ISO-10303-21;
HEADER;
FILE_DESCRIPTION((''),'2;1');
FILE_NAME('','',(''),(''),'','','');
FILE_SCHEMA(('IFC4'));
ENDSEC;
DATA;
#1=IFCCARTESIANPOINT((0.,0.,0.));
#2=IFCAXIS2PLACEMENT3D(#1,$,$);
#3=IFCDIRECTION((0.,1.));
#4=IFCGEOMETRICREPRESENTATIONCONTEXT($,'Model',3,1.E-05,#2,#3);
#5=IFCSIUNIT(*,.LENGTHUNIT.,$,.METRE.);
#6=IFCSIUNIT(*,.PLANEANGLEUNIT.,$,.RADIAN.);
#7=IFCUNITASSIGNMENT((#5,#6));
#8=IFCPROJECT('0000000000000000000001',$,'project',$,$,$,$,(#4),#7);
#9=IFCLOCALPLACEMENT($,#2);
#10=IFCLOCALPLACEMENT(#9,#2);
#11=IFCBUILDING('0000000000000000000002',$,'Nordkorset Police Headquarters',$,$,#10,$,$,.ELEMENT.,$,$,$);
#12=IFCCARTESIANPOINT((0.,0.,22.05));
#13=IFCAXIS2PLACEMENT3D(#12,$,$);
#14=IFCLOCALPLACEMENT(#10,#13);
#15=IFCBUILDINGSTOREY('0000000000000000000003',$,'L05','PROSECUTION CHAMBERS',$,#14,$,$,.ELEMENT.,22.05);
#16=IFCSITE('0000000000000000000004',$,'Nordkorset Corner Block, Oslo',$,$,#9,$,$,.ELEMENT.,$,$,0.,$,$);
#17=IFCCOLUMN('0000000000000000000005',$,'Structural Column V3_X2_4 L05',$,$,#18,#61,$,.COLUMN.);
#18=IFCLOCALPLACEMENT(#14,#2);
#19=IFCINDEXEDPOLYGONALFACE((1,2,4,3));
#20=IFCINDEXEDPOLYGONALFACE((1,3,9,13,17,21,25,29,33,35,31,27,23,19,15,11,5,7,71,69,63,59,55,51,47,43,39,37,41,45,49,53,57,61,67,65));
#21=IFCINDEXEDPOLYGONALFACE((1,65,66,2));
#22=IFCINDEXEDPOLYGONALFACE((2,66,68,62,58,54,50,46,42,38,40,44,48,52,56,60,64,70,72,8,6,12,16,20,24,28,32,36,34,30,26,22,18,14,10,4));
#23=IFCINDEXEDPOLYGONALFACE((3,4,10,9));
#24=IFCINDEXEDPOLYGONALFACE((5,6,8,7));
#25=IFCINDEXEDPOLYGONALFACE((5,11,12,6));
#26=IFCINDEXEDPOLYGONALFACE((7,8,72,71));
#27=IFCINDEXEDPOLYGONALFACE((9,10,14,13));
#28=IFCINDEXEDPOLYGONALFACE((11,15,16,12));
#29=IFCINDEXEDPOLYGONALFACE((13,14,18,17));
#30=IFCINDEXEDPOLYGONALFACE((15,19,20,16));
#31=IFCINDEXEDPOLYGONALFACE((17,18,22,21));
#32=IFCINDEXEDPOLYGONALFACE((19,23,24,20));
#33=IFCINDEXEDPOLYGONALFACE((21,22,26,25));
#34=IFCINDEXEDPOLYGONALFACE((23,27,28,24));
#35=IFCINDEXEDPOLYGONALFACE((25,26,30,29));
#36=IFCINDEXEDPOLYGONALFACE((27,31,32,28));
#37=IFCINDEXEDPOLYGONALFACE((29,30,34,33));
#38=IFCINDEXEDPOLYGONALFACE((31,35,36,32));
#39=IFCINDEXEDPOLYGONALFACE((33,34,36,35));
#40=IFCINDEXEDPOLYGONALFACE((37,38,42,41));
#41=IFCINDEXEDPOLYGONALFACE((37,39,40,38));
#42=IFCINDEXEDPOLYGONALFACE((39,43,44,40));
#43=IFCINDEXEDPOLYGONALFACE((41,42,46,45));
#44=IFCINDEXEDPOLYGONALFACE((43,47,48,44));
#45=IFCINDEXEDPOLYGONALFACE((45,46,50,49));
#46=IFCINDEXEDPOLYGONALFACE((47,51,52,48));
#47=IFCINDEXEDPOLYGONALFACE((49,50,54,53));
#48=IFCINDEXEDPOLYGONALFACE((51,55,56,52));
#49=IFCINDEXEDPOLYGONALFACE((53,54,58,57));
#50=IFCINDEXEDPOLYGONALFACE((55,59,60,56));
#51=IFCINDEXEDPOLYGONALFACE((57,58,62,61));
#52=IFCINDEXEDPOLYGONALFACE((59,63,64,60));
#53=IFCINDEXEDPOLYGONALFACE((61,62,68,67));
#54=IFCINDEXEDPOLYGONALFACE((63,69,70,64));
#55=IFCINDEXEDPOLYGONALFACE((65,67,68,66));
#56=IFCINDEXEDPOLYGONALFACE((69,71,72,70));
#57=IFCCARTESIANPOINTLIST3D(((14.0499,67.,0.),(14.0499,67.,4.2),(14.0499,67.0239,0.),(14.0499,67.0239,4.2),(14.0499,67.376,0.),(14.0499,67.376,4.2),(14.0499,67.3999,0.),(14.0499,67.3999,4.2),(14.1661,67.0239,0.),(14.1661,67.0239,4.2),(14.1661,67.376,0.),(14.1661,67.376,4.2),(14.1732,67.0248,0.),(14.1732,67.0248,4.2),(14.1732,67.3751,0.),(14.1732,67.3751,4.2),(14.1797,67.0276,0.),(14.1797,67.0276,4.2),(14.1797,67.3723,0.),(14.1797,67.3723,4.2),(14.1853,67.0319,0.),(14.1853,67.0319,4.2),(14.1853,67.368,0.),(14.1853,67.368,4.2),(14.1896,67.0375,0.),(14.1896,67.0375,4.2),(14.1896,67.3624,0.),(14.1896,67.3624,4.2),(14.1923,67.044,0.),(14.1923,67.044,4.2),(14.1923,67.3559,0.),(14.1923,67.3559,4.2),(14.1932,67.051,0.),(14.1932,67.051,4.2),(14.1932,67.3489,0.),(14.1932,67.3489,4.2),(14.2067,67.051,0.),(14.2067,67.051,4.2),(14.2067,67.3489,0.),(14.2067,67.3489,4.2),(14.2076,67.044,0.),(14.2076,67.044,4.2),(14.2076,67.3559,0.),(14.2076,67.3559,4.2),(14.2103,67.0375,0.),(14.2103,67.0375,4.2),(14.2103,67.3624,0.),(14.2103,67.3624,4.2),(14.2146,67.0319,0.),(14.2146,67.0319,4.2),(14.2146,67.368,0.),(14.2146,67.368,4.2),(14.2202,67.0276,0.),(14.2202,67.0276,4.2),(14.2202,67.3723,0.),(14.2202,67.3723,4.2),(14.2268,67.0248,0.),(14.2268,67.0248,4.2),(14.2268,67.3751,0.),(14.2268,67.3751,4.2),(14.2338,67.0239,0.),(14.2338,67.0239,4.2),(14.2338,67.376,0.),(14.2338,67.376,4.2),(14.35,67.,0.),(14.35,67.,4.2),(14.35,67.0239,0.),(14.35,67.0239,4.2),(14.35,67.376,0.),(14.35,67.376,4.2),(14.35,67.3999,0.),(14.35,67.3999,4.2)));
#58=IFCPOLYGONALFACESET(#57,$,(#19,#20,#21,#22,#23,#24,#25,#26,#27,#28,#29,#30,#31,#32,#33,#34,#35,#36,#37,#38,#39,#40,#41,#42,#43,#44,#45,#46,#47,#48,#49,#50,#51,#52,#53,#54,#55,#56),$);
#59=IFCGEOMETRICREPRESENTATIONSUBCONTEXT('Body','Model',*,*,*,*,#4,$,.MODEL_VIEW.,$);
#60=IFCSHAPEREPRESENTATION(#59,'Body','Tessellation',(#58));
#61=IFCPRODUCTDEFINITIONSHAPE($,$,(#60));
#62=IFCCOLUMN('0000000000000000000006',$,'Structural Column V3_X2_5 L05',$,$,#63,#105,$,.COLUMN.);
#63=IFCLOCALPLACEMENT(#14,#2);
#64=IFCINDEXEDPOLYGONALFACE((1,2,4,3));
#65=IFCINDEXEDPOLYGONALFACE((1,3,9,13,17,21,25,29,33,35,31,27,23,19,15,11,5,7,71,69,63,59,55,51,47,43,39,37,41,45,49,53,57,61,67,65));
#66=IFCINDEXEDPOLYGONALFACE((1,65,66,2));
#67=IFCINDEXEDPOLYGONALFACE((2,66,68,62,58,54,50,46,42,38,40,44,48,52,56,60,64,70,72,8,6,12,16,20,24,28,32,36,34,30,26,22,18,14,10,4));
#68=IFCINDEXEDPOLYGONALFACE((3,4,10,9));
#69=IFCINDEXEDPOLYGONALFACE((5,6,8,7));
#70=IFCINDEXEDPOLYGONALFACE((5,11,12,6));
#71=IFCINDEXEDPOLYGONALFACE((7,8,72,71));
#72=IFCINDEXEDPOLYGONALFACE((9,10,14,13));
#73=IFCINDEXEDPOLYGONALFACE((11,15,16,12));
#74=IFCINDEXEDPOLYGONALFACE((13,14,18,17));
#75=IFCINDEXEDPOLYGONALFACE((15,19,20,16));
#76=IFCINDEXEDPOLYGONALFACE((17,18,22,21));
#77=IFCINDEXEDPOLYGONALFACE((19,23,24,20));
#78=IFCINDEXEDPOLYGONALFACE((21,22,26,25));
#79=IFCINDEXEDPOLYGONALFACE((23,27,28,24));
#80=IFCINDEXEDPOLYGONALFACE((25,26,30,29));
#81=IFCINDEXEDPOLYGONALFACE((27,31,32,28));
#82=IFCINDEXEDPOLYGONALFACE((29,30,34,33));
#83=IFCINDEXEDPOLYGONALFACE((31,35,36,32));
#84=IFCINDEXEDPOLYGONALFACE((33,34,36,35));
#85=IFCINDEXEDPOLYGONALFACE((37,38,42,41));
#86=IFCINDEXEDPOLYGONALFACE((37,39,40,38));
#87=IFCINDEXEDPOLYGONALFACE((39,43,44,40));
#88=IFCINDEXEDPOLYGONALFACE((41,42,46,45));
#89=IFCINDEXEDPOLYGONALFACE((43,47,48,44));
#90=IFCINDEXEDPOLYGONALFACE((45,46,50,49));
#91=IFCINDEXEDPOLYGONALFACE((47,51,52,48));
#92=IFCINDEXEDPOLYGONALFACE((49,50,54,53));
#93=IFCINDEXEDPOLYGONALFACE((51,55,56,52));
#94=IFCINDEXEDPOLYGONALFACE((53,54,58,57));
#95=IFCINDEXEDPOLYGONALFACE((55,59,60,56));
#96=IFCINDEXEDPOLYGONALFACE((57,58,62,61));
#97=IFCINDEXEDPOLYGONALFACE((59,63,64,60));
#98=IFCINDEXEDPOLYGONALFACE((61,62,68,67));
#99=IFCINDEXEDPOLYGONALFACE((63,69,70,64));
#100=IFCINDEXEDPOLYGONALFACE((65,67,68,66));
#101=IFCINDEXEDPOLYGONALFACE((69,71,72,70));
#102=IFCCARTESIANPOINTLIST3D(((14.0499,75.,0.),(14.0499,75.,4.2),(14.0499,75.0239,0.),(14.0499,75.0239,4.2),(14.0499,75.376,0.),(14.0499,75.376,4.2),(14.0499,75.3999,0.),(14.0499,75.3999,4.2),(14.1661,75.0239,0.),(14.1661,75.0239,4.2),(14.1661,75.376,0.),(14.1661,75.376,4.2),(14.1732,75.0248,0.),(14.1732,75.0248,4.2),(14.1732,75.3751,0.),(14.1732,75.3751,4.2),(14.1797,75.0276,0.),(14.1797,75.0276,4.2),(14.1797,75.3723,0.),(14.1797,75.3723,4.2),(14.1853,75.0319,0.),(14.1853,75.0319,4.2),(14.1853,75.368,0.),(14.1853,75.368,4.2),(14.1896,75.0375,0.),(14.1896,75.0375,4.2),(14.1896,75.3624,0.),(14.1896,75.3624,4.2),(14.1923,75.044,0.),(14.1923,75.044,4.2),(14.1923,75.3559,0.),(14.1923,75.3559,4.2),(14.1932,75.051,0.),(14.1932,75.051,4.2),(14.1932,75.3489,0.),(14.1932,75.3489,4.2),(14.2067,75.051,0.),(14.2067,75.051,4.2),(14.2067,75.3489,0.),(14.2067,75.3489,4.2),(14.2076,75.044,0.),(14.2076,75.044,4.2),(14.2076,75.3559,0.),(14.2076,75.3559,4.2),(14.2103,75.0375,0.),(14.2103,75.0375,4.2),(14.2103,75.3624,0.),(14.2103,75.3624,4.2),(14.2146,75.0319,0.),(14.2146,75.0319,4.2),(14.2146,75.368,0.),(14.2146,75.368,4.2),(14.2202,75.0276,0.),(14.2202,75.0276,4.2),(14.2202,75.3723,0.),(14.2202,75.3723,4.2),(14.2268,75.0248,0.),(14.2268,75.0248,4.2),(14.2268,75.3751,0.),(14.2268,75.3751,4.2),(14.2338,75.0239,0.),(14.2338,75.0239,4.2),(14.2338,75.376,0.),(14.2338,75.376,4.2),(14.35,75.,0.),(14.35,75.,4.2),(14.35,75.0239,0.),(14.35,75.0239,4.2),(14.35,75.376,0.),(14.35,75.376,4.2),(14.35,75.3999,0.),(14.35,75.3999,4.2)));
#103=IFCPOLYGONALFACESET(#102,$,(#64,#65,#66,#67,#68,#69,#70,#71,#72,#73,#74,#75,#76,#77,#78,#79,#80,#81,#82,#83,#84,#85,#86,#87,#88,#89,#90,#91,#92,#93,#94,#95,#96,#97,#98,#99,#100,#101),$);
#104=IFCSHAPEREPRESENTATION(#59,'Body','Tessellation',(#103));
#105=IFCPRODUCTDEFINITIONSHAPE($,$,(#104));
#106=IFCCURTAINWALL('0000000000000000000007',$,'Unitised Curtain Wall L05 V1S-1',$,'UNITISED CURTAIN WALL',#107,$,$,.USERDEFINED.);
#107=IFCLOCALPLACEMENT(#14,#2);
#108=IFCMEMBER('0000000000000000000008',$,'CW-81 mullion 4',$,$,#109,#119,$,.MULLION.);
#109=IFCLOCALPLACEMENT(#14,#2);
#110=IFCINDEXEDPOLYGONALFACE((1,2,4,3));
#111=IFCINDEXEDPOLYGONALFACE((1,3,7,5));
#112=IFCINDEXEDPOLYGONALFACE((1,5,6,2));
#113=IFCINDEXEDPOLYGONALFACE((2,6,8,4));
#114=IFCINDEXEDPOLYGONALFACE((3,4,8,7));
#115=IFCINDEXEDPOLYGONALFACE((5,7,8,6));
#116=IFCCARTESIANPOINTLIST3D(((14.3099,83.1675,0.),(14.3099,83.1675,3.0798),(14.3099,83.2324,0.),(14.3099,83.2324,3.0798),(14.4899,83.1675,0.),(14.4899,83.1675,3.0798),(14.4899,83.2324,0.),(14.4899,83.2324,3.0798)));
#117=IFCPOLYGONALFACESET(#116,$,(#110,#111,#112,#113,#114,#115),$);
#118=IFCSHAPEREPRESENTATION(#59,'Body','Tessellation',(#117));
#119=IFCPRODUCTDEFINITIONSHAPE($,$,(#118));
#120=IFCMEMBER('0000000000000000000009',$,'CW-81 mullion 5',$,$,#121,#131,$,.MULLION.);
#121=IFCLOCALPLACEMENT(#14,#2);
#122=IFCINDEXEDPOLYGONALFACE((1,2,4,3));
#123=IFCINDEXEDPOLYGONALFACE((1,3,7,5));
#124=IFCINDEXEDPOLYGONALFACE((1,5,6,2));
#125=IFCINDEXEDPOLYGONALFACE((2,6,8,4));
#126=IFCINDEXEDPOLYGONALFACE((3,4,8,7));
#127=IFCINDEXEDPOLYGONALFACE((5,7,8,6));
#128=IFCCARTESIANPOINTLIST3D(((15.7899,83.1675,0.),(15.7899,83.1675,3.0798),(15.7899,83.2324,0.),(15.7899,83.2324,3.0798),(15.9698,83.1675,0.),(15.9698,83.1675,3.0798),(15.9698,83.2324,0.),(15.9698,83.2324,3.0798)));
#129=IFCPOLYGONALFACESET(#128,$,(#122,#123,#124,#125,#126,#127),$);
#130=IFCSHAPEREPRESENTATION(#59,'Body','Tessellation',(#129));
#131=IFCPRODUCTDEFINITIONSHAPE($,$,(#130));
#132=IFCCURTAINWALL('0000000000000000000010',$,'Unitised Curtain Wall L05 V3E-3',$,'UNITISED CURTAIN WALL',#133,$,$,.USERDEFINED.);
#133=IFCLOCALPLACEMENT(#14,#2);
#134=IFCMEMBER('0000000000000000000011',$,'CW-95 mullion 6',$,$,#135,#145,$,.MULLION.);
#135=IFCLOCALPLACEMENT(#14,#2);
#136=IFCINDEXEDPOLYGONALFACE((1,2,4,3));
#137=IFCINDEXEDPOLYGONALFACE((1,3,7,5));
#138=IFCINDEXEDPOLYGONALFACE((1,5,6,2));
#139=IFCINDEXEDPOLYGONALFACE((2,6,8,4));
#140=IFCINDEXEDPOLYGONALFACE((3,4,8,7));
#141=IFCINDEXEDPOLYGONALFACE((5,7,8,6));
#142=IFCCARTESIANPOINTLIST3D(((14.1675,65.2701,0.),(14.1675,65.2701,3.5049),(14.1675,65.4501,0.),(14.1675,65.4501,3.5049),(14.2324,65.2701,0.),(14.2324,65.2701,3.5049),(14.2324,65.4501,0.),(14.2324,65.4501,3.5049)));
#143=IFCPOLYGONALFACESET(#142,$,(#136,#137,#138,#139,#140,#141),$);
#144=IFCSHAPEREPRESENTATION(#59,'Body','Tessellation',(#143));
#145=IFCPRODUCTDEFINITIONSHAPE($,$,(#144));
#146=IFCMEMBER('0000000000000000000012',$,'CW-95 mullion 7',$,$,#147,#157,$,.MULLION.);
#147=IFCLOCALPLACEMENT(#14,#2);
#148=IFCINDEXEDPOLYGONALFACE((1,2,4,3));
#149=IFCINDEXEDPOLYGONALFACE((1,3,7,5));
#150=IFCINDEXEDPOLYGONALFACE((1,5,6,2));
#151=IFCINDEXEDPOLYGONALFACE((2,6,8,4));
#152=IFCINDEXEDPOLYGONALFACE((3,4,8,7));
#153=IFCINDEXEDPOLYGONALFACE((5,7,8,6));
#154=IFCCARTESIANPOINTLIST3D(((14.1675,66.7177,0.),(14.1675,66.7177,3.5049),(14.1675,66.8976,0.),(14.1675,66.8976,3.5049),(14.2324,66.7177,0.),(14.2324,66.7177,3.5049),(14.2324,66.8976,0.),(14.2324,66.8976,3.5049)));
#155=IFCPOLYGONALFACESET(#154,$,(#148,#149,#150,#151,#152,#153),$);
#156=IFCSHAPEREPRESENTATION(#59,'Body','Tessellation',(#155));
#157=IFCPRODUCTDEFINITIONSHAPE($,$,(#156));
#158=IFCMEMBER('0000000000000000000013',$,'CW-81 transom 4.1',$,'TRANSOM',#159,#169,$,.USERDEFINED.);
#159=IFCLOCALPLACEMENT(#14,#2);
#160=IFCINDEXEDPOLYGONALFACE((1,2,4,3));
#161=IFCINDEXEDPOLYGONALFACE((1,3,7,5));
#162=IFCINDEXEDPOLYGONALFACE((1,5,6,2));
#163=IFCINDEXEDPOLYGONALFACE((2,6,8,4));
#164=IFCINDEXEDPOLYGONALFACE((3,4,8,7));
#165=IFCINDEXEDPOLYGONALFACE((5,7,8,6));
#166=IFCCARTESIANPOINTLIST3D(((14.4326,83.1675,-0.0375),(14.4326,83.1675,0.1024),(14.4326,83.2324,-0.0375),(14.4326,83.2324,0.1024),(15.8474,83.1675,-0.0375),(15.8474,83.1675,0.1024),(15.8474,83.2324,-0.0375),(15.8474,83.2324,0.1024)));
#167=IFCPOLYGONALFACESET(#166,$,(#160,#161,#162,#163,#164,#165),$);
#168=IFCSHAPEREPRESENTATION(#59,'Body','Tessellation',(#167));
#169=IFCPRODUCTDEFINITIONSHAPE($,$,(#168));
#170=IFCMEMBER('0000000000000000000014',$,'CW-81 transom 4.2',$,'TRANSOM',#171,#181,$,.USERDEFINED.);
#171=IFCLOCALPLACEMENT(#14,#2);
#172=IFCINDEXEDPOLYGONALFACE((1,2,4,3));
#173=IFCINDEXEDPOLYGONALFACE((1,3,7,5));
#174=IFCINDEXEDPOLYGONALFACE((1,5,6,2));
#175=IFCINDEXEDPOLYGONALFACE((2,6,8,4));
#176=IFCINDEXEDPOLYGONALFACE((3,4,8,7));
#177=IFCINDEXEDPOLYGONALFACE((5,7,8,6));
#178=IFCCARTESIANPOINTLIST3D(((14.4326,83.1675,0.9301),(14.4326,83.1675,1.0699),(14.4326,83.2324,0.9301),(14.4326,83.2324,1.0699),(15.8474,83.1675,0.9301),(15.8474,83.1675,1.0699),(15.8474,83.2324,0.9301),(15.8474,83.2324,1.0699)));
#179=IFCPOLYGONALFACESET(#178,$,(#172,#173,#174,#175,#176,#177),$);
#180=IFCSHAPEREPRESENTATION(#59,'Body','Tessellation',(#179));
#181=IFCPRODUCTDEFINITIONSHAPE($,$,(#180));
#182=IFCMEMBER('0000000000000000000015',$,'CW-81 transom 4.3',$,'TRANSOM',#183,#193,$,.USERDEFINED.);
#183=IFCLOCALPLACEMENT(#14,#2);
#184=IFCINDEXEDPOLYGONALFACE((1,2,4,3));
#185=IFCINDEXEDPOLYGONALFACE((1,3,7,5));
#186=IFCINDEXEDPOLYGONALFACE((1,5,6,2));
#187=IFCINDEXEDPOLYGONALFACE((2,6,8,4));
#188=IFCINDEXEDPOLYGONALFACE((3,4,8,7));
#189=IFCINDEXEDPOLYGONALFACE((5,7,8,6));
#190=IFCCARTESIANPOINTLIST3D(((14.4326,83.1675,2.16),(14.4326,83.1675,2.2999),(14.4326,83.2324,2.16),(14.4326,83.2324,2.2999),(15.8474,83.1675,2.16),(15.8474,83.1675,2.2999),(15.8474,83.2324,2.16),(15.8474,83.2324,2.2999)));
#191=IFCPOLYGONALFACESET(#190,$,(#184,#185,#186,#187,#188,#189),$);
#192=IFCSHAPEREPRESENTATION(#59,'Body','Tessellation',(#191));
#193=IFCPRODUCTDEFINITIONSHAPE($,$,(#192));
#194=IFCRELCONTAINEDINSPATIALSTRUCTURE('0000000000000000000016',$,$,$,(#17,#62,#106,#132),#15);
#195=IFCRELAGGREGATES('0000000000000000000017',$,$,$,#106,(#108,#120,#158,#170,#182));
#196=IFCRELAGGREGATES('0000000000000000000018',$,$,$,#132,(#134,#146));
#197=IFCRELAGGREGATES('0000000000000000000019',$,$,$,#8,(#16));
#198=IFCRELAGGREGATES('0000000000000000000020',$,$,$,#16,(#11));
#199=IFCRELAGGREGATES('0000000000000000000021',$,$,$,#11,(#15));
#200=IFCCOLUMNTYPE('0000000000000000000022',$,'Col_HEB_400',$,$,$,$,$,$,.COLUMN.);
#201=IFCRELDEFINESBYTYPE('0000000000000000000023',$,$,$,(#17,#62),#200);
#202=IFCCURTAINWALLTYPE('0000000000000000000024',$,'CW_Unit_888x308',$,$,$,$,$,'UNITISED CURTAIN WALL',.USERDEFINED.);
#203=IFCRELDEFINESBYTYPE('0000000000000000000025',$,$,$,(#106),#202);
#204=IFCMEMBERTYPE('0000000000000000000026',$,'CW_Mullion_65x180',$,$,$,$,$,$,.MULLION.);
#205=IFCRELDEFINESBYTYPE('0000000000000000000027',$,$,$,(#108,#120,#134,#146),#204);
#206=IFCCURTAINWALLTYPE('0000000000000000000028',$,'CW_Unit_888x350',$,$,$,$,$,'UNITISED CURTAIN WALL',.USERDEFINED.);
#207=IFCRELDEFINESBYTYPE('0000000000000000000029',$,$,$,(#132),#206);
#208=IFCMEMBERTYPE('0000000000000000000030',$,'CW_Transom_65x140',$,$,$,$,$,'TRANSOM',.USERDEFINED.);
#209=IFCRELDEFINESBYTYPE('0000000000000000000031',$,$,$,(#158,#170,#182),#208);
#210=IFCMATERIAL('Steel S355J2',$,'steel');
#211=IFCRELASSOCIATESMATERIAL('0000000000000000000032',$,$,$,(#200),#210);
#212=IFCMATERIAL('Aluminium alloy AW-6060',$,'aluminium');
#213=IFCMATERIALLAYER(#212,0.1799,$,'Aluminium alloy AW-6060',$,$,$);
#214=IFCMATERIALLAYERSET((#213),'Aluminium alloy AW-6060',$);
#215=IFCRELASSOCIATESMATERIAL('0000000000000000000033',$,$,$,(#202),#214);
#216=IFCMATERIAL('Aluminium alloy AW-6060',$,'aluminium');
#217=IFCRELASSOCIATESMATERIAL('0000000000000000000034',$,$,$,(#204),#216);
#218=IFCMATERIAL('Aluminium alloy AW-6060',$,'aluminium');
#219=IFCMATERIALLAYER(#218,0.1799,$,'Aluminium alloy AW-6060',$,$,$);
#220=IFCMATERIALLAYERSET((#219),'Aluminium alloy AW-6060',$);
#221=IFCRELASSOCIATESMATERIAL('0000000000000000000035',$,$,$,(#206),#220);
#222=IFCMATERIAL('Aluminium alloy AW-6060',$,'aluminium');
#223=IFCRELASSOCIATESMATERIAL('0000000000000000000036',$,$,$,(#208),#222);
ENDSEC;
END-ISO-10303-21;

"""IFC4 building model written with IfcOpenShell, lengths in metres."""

from ifc_helpers import new_model, si_unit, direction, frame, origin, origin_2d, place, context, subcontext, project, spatial, rectangle, i_section, extrude, material, layer, layer_set, material_profile, profile_set, type_object, element, aggregate, save


model = new_model("IFC4")

# Units and contexts
model_context = context("Model", 3, precision=1e-05, world=origin(), true_north=direction((0.0, 1.0)))
body_context = subcontext(model_context, "Body", "Model", "MODEL_VIEW")
ifc_project = project(units=[si_unit("LENGTHUNIT", "METRE"), si_unit("PLANEANGLEUNIT", "RADIAN")], contexts=[model_context])

# Site, building, storey
site_placement = place(None, origin())
site = spatial("IfcSite", under=ifc_project, at=site_placement, Name="Nordkorset Corner Block, Oslo", CompositionType="ELEMENT", RefElevation=0.0)
building_placement = place(site_placement, origin())
building = spatial("IfcBuilding", under=site, at=building_placement, Name="Nordkorset Police Headquarters", CompositionType="ELEMENT")
storey_placement = place(building_placement, frame((0.0, 0.0, 22.05)))
storey = spatial("IfcBuildingStorey", under=building, at=storey_placement, Name="L05", Description="PROSECUTION CHAMBERS", CompositionType="ELEMENT", Elevation=22.05)

# Columns
ifc_material_1 = material(Name="Steel S355J2", Category="steel")
ifc_material_profile_1 = material_profile(ifc_material_1, i_section(OverallWidth=0.3, OverallDepth=0.3999, WebThickness=0.0134, FlangeThickness=0.0239, FilletRadius=0.0271, at=origin_2d()), Name="HEB 400")
ifc_profile_set_1 = profile_set([ifc_material_profile_1], Name="Steel S355J2")
column_type = type_object("IfcColumnType", Name="Col_HEB_400", PredefinedType="COLUMN", material=ifc_profile_set_1)
for number, where, z_axis, x_axis, name in (
    (1, (14.2, 67.2, 0.0), (0.0, 0.0, 1.0), (1.0, 0.0, 0.0), "Structural Column V3_X2_4 L05"),
    (2, (14.2, 75.2, 0.0), (0.0, 0.0, 1.0), (1.0, 0.0, 0.0), "Structural Column V3_X2_5 L05"),
):
    element("IfcColumn", number, at=place(storey_placement, frame(where, z_axis=z_axis, x_axis=x_axis)), inside=storey, type_object=column_type, Name=name, PredefinedType="COLUMN", context=body_context, shape_type="SweptSolid", body=[
        extrude(i_section(OverallWidth=0.3, OverallDepth=0.3999, WebThickness=0.0134, FlangeThickness=0.0239, FilletRadius=0.0271, at=origin_2d()), origin(), (0.0, 0.0, 1.0), 4.2),
    ])

# Curtain walls, members
ifc_material_2 = material(Name="Aluminium alloy AW-6060", Category="aluminium")
ifc_layer_1 = layer(ifc_material_2, 0.1799, Name="Aluminium alloy AW-6060")
ifc_layer_set_1 = layer_set([ifc_layer_1], Name="Aluminium alloy AW-6060")
curtain_wall_type_1 = type_object("IfcCurtainWallType", Name="CW_Unit_888x308", ElementType="UNITISED CURTAIN WALL", PredefinedType="USERDEFINED", material=ifc_layer_set_1)
curtain_wall_1_placement = place(storey_placement, origin())
curtain_wall_1 = element("IfcCurtainWall", 3, at=curtain_wall_1_placement, inside=storey, type_object=curtain_wall_type_1, Name="Unitised Curtain Wall L05 V1S-1", ObjectType="UNITISED CURTAIN WALL", PredefinedType="USERDEFINED")
ifc_material_3 = material(Name="Aluminium alloy AW-6060", Category="aluminium")
ifc_material_profile_2 = material_profile(ifc_material_3, rectangle(XDim=0.0649, YDim=0.1799, at=origin_2d()), Name="ALU MULL 65x180")
ifc_profile_set_2 = profile_set([ifc_material_profile_2], Name="Aluminium alloy AW-6060")
member_type_1 = type_object("IfcMemberType", Name="CW_Mullion_65x180", PredefinedType="MULLION", material=ifc_profile_set_2)
member_1_placement = place(storey_placement, frame((14.3999, 83.2, 0.0), z_axis=(0.0, 0.0, 1.0), x_axis=(0.0, 1.0, 0.0)))
member_1 = element("IfcMember", 4, at=member_1_placement, type_object=member_type_1, Name="CW-81 mullion 4", PredefinedType="MULLION", context=body_context, shape_type="SweptSolid", body=[
    extrude(rectangle(XDim=0.0649, YDim=0.1799, at=origin_2d()), origin(), (0.0, 0.0, 1.0), 3.0798),
])
member_2_placement = place(storey_placement, frame((15.8799, 83.2, 0.0), z_axis=(0.0, 0.0, 1.0), x_axis=(0.0, 1.0, 0.0)))
member_2 = element("IfcMember", 5, at=member_2_placement, type_object=member_type_1, Name="CW-81 mullion 5", PredefinedType="MULLION", context=body_context, shape_type="SweptSolid", body=[
    extrude(rectangle(XDim=0.0649, YDim=0.1799, at=origin_2d()), origin(), (0.0, 0.0, 1.0), 3.0798),
])
ifc_material_4 = material(Name="Aluminium alloy AW-6060", Category="aluminium")
ifc_layer_2 = layer(ifc_material_4, 0.1799, Name="Aluminium alloy AW-6060")
ifc_layer_set_2 = layer_set([ifc_layer_2], Name="Aluminium alloy AW-6060")
curtain_wall_type_2 = type_object("IfcCurtainWallType", Name="CW_Unit_888x350", ElementType="UNITISED CURTAIN WALL", PredefinedType="USERDEFINED", material=ifc_layer_set_2)
curtain_wall_2_placement = place(storey_placement, origin())
curtain_wall_2 = element("IfcCurtainWall", 6, at=curtain_wall_2_placement, inside=storey, type_object=curtain_wall_type_2, Name="Unitised Curtain Wall L05 V3E-3", ObjectType="UNITISED CURTAIN WALL", PredefinedType="USERDEFINED")
member_3_placement = place(storey_placement, frame((14.2, 65.3601, 0.0), z_axis=(0.0, 0.0, 1.0), x_axis=(-1.0, 0.0, 0.0)))
member_3 = element("IfcMember", 7, at=member_3_placement, type_object=member_type_1, Name="CW-95 mullion 6", PredefinedType="MULLION", context=body_context, shape_type="SweptSolid", body=[
    extrude(rectangle(XDim=0.0649, YDim=0.1799, at=origin_2d()), origin(), (0.0, 0.0, 1.0), 3.5049),
])
member_4_placement = place(storey_placement, frame((14.2, 66.8076, 0.0), z_axis=(0.0, 0.0, 1.0), x_axis=(-1.0, 0.0, 0.0)))
member_4 = element("IfcMember", 8, at=member_4_placement, type_object=member_type_1, Name="CW-95 mullion 7", PredefinedType="MULLION", context=body_context, shape_type="SweptSolid", body=[
    extrude(rectangle(XDim=0.0649, YDim=0.1799, at=origin_2d()), origin(), (0.0, 0.0, 1.0), 3.5049),
])

# Members
ifc_material_5 = material(Name="Aluminium alloy AW-6060", Category="aluminium")
ifc_material_profile_3 = material_profile(ifc_material_5, rectangle(XDim=0.0649, YDim=0.1399, at=origin_2d()), Name="ALU TRAN 65x140")
ifc_profile_set_3 = profile_set([ifc_material_profile_3], Name="Aluminium alloy AW-6060")
member_type_2 = type_object("IfcMemberType", Name="CW_Transom_65x140", ElementType="TRANSOM", PredefinedType="USERDEFINED", material=ifc_profile_set_3)
member_5_placement = place(storey_placement, frame((14.4326, 83.2, 0.0325), z_axis=(1.0, 0.0, 0.0), x_axis=(0.0, 1.0, 0.0)))
member_5 = element("IfcMember", 9, at=member_5_placement, type_object=member_type_2, Name="CW-81 transom 4.1", ObjectType="TRANSOM", PredefinedType="USERDEFINED", context=body_context, shape_type="SweptSolid", body=[
    extrude(rectangle(XDim=0.0649, YDim=0.1399, at=origin_2d()), origin(), (0.0, 0.0, 1.0), 1.4148),
])
member_6_placement = place(storey_placement, frame((14.4326, 83.2, 1.0), z_axis=(1.0, 0.0, 0.0), x_axis=(0.0, 1.0, 0.0)))
member_6 = element("IfcMember", 10, at=member_6_placement, type_object=member_type_2, Name="CW-81 transom 4.2", ObjectType="TRANSOM", PredefinedType="USERDEFINED", context=body_context, shape_type="SweptSolid", body=[
    extrude(rectangle(XDim=0.0649, YDim=0.1399, at=origin_2d()), origin(), (0.0, 0.0, 1.0), 1.4148),
])
member_7_placement = place(storey_placement, frame((14.4326, 83.2, 2.23), z_axis=(1.0, 0.0, 0.0), x_axis=(0.0, 1.0, 0.0)))
member_7 = element("IfcMember", 11, at=member_7_placement, type_object=member_type_2, Name="CW-81 transom 4.3", ObjectType="TRANSOM", PredefinedType="USERDEFINED", context=body_context, shape_type="SweptSolid", body=[
    extrude(rectangle(XDim=0.0649, YDim=0.1399, at=origin_2d()), origin(), (0.0, 0.0, 1.0), 1.4148),
])

aggregate(curtain_wall_1, [member_1, member_2, member_5, member_6, member_7])
aggregate(curtain_wall_2, [member_3, member_4])

save(model, "model.ifc")
